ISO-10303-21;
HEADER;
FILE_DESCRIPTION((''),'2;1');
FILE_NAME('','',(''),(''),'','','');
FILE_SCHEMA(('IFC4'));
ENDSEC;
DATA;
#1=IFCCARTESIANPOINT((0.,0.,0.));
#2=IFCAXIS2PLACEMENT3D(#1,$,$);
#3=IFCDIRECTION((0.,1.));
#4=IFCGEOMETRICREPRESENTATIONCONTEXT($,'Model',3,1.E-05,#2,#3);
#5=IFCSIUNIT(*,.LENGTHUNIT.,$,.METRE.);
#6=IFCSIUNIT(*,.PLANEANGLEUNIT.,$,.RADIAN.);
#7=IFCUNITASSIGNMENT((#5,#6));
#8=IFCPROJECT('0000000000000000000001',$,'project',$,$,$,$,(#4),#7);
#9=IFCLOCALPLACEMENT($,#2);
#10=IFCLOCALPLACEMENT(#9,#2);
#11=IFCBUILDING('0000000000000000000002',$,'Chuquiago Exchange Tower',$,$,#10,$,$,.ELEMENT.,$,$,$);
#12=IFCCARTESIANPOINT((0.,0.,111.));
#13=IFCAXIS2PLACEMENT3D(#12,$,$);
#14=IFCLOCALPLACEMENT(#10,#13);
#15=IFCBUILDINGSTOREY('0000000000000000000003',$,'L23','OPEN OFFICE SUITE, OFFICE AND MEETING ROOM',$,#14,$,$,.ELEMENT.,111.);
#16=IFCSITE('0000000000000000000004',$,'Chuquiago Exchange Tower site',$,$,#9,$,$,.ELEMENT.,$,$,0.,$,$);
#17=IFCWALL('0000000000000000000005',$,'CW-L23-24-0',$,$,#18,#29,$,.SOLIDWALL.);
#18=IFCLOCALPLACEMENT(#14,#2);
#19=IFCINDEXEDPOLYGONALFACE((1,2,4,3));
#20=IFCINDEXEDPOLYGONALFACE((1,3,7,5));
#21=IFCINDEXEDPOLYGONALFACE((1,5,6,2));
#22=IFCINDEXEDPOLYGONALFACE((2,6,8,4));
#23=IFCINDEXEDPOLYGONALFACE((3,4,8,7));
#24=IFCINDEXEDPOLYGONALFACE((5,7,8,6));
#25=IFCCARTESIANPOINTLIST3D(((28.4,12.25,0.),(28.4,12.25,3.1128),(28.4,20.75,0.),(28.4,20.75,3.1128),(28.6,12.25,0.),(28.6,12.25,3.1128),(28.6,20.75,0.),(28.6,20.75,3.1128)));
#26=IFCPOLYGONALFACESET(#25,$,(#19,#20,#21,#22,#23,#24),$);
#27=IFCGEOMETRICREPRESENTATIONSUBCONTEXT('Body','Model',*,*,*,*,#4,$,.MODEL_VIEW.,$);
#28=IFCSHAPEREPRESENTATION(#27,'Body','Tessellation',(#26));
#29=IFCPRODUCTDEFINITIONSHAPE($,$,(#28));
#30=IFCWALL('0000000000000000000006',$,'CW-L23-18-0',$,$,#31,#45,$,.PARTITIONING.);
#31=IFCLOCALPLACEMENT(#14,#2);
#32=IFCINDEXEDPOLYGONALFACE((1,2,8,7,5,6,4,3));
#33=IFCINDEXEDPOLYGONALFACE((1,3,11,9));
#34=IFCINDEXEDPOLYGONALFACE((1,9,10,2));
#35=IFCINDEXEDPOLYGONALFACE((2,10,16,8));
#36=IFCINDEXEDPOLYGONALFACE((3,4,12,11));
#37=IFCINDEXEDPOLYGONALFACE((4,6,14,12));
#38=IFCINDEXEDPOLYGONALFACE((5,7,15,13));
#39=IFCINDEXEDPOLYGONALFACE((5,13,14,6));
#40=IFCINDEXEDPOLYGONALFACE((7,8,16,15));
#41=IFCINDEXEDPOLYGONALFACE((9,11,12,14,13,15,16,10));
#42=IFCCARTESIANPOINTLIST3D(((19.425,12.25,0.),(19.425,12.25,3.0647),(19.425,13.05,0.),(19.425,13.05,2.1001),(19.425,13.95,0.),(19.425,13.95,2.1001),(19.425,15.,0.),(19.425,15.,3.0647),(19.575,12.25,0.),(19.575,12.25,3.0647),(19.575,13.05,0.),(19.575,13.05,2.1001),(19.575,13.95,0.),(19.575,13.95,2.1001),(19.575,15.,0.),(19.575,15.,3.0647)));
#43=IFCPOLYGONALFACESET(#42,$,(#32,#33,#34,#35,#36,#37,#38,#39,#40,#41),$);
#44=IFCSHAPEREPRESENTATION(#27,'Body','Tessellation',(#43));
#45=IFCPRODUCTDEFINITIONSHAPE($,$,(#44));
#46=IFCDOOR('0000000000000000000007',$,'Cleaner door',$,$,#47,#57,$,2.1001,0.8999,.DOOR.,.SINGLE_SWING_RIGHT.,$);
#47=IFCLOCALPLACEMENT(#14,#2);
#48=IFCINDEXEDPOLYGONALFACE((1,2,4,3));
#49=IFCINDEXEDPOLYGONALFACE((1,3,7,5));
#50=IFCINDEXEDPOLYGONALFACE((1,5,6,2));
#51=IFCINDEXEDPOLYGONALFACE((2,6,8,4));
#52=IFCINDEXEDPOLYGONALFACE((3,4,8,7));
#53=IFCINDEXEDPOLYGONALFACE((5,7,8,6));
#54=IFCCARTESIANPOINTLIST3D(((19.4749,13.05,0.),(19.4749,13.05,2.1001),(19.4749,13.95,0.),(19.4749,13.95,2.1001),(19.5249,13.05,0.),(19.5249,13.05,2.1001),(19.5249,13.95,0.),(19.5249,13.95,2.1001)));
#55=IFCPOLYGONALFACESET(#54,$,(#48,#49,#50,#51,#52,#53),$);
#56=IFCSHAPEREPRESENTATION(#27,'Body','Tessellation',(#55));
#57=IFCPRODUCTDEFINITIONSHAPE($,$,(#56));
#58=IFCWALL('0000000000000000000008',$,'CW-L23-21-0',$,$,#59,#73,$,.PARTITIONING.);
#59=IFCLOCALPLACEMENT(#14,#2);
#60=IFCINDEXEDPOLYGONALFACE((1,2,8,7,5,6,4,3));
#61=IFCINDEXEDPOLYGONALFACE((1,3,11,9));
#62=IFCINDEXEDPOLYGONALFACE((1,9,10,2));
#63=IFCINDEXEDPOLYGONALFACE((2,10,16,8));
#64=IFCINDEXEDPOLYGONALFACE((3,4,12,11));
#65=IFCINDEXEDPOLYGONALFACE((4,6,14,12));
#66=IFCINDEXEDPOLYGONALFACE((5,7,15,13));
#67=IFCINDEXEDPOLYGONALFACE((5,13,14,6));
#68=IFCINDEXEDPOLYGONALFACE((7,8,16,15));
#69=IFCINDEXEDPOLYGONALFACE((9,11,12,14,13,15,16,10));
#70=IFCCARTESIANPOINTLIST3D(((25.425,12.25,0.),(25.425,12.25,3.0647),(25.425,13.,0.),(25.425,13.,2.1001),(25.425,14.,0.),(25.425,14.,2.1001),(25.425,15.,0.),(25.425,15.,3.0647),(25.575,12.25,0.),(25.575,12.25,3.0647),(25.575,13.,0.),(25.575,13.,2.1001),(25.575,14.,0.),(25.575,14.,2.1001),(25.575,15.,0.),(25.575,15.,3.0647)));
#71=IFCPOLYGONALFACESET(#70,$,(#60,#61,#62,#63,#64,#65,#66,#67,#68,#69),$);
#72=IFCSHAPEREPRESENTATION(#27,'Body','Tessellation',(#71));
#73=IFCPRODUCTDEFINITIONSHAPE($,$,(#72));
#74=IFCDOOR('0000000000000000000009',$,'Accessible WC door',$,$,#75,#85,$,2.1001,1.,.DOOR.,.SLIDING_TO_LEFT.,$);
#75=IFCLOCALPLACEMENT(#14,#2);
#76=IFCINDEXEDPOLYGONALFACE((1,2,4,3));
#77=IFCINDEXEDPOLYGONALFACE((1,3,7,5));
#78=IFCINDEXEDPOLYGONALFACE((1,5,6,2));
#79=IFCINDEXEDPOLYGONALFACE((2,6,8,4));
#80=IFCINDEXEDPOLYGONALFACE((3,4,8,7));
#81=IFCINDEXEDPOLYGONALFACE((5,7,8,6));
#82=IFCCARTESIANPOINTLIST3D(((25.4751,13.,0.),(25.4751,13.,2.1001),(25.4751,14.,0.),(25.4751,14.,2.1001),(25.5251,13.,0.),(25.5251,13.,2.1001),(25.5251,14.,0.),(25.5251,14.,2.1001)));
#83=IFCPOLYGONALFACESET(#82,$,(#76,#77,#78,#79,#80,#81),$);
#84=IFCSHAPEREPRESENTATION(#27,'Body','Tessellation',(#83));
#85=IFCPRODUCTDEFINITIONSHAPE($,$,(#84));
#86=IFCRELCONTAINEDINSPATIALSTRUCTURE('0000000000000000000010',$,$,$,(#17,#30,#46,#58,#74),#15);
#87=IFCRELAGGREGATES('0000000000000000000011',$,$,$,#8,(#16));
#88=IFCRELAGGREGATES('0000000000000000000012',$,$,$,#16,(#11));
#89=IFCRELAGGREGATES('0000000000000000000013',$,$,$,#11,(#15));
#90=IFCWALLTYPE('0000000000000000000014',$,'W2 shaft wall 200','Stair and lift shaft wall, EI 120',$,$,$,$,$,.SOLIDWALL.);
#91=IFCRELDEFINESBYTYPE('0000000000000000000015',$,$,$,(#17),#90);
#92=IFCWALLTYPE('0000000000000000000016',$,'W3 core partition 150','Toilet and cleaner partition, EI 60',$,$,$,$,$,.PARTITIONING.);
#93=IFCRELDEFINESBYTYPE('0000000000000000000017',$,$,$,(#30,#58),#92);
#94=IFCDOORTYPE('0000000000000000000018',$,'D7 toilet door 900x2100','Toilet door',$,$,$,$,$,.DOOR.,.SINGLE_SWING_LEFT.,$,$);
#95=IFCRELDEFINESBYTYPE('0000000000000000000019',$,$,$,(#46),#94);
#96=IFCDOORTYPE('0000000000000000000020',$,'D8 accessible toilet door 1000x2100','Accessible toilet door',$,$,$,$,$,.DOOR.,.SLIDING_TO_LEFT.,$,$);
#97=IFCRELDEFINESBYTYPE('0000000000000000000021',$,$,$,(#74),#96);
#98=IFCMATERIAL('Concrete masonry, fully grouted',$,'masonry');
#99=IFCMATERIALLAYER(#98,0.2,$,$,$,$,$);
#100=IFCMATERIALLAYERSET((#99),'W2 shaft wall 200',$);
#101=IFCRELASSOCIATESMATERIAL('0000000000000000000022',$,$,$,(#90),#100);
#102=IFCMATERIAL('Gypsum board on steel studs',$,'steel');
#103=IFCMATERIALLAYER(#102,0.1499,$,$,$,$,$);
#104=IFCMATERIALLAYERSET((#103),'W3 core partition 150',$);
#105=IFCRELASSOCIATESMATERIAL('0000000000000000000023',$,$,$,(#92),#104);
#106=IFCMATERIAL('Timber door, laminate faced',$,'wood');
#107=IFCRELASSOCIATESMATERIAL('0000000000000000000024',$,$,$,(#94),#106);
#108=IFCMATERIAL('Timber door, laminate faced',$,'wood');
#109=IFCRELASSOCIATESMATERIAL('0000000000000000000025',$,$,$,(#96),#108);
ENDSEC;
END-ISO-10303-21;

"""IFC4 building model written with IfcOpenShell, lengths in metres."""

from ifc_helpers import new_model, si_unit, direction, frame, frame_2d, origin, place, context, subcontext, project, spatial, rectangle, extrude, material, layer, layer_set, type_object, element, fill, save


model = new_model("IFC4")

# Units and contexts
model_context = context("Model", 3, precision=1e-05, world=origin(), true_north=direction((0.0, 1.0)))
body_context = subcontext(model_context, "Body", "Model", "MODEL_VIEW")
ifc_project = project(units=[si_unit("LENGTHUNIT", "METRE"), si_unit("PLANEANGLEUNIT", "RADIAN")], contexts=[model_context])

# Site, building, storey
site_placement = place(None, origin())
site = spatial("IfcSite", under=ifc_project, at=site_placement, Name="Chuquiago Exchange Tower site", CompositionType="ELEMENT", RefElevation=0.0)
building_placement = place(site_placement, origin())
building = spatial("IfcBuilding", under=site, at=building_placement, Name="Chuquiago Exchange Tower", CompositionType="ELEMENT")
storey_placement = place(building_placement, frame((0.0, 0.0, 111.0)))
storey = spatial("IfcBuildingStorey", under=building, at=storey_placement, Name="L23", Description="OPEN OFFICE SUITE, OFFICE AND MEETING ROOM", CompositionType="ELEMENT", Elevation=111.0)

# Shared definitions
ifc_material_1 = material(Name="Concrete masonry, fully grouted", Category="masonry")
ifc_layer_1 = layer(ifc_material_1, 0.2)
ifc_layer_set_1 = layer_set([ifc_layer_1], Name="W2 shaft wall 200")
wall_type_1 = type_object("IfcWallType", Name="W2 shaft wall 200", Description="Stair and lift shaft wall, EI 120", PredefinedType="SOLIDWALL", material=ifc_layer_set_1)

# Wall
wall_1_placement = place(storey_placement, frame((28.5, 12.25, 0.0), z_axis=(0.0, 0.0, 1.0), x_axis=(0.0, 1.0, 0.0)))
element("IfcWall", 1, at=wall_1_placement, inside=storey, type_object=wall_type_1, Name="CW-L23-24-0", PredefinedType="SOLIDWALL", context=body_context, shape_type="SweptSolid", body=[
    extrude(rectangle(XDim=8.5, YDim=0.2, at=frame_2d((4.25, 0.0))), origin(), (0.0, 0.0, 1.0), 3.1128),
])

# Walls, openings, doors
ifc_material_2 = material(Name="Gypsum board on steel studs", Category="steel")
ifc_layer_2 = layer(ifc_material_2, 0.1499)
ifc_layer_set_2 = layer_set([ifc_layer_2], Name="W3 core partition 150")
wall_type_2 = type_object("IfcWallType", Name="W3 core partition 150", Description="Toilet and cleaner partition, EI 60", PredefinedType="PARTITIONING", material=ifc_layer_set_2)
wall_2_placement = place(storey_placement, frame((19.5, 12.25, 0.0), z_axis=(0.0, 0.0, 1.0), x_axis=(0.0, 1.0, 0.0)))
wall_2 = element("IfcWall", 2, at=wall_2_placement, inside=storey, type_object=wall_type_2, Name="CW-L23-18-0", PredefinedType="PARTITIONING", context=body_context, shape_type="SweptSolid", body=[
    extrude(rectangle(XDim=2.75, YDim=0.1499, at=frame_2d((1.375, 0.0))), origin(), (0.0, 0.0, 1.0), 3.0647),
])
opening_1_placement = place(wall_2_placement, frame((0.8, 0.0, 0.0)))
opening_1 = element("IfcOpeningElement", 3, at=opening_1_placement, cuts=wall_2, PredefinedType="OPENING", context=body_context, shape_type="SweptSolid", body=[
    extrude(rectangle(XDim=0.8999, YDim=2.1001, at=frame_2d((0.45, 1.05))), frame((0.0, 0.085, 0.0), z_axis=(0.0, -1.0, 0.0), x_axis=(1.0, 0.0, 0.0)), (0.0, 0.0, 1.0), 0.1699),
])
ifc_material_3 = material(Name="Timber door, laminate faced", Category="wood")
door_type_1 = type_object("IfcDoorType", Name="D7 toilet door 900x2100", Description="Toilet door", OperationType="SINGLE_SWING_LEFT", PredefinedType="DOOR", material=ifc_material_3)
door_1_placement = place(opening_1_placement, frame((0.8999, 0.0, 0.0), z_axis=(0.0, 0.0, 1.0), x_axis=(-1.0, 0.0, 0.0)))
door_1 = element("IfcDoor", 4, at=door_1_placement, inside=storey, type_object=door_type_1, Name="Cleaner door", OperationType="SINGLE_SWING_RIGHT", OverallHeight=2.1001, OverallWidth=0.8999, PredefinedType="DOOR", context=body_context, shape_type="SweptSolid", body=[
    extrude(rectangle(XDim=0.8999, YDim=2.1001, at=frame_2d((0.45, 1.05))), frame((0.0, 0.0249, 0.0), z_axis=(0.0, -1.0, 0.0), x_axis=(1.0, 0.0, 0.0)), (0.0, 0.0, 1.0), 0.05),
])
fill(opening_1, door_1)
wall_3_placement = place(storey_placement, frame((25.5, 12.25, 0.0), z_axis=(0.0, 0.0, 1.0), x_axis=(0.0, 1.0, 0.0)))
wall_3 = element("IfcWall", 5, at=wall_3_placement, inside=storey, type_object=wall_type_2, Name="CW-L23-21-0", PredefinedType="PARTITIONING", context=body_context, shape_type="SweptSolid", body=[
    extrude(rectangle(XDim=2.75, YDim=0.1499, at=frame_2d((1.375, 0.0))), origin(), (0.0, 0.0, 1.0), 3.0647),
])
opening_2_placement = place(wall_3_placement, frame((0.75, 0.0, 0.0)))
opening_2 = element("IfcOpeningElement", 6, at=opening_2_placement, cuts=wall_3, PredefinedType="OPENING", context=body_context, shape_type="SweptSolid", body=[
    extrude(rectangle(XDim=1.0, YDim=2.1001, at=frame_2d((0.5, 1.05))), frame((0.0, 0.085, 0.0), z_axis=(0.0, -1.0, 0.0), x_axis=(1.0, 0.0, 0.0)), (0.0, 0.0, 1.0), 0.1699),
])
ifc_material_4 = material(Name="Timber door, laminate faced", Category="wood")
door_type_2 = type_object("IfcDoorType", Name="D8 accessible toilet door 1000x2100", Description="Accessible toilet door", OperationType="SLIDING_TO_LEFT", PredefinedType="DOOR", material=ifc_material_4)
door_2_placement = place(opening_2_placement, origin())
door_2 = element("IfcDoor", 7, at=door_2_placement, inside=storey, type_object=door_type_2, Name="Accessible WC door", OperationType="SLIDING_TO_LEFT", OverallHeight=2.1001, OverallWidth=1.0, PredefinedType="DOOR", context=body_context, shape_type="SweptSolid", body=[
    extrude(rectangle(XDim=1.0, YDim=2.1001, at=frame_2d((0.5, 1.05))), frame((0.0, 0.0249, 0.0), z_axis=(0.0, -1.0, 0.0), x_axis=(1.0, 0.0, 0.0)), (0.0, 0.0, 1.0), 0.05),
])
fill(opening_2, door_2)

save(model, "model.ifc")
